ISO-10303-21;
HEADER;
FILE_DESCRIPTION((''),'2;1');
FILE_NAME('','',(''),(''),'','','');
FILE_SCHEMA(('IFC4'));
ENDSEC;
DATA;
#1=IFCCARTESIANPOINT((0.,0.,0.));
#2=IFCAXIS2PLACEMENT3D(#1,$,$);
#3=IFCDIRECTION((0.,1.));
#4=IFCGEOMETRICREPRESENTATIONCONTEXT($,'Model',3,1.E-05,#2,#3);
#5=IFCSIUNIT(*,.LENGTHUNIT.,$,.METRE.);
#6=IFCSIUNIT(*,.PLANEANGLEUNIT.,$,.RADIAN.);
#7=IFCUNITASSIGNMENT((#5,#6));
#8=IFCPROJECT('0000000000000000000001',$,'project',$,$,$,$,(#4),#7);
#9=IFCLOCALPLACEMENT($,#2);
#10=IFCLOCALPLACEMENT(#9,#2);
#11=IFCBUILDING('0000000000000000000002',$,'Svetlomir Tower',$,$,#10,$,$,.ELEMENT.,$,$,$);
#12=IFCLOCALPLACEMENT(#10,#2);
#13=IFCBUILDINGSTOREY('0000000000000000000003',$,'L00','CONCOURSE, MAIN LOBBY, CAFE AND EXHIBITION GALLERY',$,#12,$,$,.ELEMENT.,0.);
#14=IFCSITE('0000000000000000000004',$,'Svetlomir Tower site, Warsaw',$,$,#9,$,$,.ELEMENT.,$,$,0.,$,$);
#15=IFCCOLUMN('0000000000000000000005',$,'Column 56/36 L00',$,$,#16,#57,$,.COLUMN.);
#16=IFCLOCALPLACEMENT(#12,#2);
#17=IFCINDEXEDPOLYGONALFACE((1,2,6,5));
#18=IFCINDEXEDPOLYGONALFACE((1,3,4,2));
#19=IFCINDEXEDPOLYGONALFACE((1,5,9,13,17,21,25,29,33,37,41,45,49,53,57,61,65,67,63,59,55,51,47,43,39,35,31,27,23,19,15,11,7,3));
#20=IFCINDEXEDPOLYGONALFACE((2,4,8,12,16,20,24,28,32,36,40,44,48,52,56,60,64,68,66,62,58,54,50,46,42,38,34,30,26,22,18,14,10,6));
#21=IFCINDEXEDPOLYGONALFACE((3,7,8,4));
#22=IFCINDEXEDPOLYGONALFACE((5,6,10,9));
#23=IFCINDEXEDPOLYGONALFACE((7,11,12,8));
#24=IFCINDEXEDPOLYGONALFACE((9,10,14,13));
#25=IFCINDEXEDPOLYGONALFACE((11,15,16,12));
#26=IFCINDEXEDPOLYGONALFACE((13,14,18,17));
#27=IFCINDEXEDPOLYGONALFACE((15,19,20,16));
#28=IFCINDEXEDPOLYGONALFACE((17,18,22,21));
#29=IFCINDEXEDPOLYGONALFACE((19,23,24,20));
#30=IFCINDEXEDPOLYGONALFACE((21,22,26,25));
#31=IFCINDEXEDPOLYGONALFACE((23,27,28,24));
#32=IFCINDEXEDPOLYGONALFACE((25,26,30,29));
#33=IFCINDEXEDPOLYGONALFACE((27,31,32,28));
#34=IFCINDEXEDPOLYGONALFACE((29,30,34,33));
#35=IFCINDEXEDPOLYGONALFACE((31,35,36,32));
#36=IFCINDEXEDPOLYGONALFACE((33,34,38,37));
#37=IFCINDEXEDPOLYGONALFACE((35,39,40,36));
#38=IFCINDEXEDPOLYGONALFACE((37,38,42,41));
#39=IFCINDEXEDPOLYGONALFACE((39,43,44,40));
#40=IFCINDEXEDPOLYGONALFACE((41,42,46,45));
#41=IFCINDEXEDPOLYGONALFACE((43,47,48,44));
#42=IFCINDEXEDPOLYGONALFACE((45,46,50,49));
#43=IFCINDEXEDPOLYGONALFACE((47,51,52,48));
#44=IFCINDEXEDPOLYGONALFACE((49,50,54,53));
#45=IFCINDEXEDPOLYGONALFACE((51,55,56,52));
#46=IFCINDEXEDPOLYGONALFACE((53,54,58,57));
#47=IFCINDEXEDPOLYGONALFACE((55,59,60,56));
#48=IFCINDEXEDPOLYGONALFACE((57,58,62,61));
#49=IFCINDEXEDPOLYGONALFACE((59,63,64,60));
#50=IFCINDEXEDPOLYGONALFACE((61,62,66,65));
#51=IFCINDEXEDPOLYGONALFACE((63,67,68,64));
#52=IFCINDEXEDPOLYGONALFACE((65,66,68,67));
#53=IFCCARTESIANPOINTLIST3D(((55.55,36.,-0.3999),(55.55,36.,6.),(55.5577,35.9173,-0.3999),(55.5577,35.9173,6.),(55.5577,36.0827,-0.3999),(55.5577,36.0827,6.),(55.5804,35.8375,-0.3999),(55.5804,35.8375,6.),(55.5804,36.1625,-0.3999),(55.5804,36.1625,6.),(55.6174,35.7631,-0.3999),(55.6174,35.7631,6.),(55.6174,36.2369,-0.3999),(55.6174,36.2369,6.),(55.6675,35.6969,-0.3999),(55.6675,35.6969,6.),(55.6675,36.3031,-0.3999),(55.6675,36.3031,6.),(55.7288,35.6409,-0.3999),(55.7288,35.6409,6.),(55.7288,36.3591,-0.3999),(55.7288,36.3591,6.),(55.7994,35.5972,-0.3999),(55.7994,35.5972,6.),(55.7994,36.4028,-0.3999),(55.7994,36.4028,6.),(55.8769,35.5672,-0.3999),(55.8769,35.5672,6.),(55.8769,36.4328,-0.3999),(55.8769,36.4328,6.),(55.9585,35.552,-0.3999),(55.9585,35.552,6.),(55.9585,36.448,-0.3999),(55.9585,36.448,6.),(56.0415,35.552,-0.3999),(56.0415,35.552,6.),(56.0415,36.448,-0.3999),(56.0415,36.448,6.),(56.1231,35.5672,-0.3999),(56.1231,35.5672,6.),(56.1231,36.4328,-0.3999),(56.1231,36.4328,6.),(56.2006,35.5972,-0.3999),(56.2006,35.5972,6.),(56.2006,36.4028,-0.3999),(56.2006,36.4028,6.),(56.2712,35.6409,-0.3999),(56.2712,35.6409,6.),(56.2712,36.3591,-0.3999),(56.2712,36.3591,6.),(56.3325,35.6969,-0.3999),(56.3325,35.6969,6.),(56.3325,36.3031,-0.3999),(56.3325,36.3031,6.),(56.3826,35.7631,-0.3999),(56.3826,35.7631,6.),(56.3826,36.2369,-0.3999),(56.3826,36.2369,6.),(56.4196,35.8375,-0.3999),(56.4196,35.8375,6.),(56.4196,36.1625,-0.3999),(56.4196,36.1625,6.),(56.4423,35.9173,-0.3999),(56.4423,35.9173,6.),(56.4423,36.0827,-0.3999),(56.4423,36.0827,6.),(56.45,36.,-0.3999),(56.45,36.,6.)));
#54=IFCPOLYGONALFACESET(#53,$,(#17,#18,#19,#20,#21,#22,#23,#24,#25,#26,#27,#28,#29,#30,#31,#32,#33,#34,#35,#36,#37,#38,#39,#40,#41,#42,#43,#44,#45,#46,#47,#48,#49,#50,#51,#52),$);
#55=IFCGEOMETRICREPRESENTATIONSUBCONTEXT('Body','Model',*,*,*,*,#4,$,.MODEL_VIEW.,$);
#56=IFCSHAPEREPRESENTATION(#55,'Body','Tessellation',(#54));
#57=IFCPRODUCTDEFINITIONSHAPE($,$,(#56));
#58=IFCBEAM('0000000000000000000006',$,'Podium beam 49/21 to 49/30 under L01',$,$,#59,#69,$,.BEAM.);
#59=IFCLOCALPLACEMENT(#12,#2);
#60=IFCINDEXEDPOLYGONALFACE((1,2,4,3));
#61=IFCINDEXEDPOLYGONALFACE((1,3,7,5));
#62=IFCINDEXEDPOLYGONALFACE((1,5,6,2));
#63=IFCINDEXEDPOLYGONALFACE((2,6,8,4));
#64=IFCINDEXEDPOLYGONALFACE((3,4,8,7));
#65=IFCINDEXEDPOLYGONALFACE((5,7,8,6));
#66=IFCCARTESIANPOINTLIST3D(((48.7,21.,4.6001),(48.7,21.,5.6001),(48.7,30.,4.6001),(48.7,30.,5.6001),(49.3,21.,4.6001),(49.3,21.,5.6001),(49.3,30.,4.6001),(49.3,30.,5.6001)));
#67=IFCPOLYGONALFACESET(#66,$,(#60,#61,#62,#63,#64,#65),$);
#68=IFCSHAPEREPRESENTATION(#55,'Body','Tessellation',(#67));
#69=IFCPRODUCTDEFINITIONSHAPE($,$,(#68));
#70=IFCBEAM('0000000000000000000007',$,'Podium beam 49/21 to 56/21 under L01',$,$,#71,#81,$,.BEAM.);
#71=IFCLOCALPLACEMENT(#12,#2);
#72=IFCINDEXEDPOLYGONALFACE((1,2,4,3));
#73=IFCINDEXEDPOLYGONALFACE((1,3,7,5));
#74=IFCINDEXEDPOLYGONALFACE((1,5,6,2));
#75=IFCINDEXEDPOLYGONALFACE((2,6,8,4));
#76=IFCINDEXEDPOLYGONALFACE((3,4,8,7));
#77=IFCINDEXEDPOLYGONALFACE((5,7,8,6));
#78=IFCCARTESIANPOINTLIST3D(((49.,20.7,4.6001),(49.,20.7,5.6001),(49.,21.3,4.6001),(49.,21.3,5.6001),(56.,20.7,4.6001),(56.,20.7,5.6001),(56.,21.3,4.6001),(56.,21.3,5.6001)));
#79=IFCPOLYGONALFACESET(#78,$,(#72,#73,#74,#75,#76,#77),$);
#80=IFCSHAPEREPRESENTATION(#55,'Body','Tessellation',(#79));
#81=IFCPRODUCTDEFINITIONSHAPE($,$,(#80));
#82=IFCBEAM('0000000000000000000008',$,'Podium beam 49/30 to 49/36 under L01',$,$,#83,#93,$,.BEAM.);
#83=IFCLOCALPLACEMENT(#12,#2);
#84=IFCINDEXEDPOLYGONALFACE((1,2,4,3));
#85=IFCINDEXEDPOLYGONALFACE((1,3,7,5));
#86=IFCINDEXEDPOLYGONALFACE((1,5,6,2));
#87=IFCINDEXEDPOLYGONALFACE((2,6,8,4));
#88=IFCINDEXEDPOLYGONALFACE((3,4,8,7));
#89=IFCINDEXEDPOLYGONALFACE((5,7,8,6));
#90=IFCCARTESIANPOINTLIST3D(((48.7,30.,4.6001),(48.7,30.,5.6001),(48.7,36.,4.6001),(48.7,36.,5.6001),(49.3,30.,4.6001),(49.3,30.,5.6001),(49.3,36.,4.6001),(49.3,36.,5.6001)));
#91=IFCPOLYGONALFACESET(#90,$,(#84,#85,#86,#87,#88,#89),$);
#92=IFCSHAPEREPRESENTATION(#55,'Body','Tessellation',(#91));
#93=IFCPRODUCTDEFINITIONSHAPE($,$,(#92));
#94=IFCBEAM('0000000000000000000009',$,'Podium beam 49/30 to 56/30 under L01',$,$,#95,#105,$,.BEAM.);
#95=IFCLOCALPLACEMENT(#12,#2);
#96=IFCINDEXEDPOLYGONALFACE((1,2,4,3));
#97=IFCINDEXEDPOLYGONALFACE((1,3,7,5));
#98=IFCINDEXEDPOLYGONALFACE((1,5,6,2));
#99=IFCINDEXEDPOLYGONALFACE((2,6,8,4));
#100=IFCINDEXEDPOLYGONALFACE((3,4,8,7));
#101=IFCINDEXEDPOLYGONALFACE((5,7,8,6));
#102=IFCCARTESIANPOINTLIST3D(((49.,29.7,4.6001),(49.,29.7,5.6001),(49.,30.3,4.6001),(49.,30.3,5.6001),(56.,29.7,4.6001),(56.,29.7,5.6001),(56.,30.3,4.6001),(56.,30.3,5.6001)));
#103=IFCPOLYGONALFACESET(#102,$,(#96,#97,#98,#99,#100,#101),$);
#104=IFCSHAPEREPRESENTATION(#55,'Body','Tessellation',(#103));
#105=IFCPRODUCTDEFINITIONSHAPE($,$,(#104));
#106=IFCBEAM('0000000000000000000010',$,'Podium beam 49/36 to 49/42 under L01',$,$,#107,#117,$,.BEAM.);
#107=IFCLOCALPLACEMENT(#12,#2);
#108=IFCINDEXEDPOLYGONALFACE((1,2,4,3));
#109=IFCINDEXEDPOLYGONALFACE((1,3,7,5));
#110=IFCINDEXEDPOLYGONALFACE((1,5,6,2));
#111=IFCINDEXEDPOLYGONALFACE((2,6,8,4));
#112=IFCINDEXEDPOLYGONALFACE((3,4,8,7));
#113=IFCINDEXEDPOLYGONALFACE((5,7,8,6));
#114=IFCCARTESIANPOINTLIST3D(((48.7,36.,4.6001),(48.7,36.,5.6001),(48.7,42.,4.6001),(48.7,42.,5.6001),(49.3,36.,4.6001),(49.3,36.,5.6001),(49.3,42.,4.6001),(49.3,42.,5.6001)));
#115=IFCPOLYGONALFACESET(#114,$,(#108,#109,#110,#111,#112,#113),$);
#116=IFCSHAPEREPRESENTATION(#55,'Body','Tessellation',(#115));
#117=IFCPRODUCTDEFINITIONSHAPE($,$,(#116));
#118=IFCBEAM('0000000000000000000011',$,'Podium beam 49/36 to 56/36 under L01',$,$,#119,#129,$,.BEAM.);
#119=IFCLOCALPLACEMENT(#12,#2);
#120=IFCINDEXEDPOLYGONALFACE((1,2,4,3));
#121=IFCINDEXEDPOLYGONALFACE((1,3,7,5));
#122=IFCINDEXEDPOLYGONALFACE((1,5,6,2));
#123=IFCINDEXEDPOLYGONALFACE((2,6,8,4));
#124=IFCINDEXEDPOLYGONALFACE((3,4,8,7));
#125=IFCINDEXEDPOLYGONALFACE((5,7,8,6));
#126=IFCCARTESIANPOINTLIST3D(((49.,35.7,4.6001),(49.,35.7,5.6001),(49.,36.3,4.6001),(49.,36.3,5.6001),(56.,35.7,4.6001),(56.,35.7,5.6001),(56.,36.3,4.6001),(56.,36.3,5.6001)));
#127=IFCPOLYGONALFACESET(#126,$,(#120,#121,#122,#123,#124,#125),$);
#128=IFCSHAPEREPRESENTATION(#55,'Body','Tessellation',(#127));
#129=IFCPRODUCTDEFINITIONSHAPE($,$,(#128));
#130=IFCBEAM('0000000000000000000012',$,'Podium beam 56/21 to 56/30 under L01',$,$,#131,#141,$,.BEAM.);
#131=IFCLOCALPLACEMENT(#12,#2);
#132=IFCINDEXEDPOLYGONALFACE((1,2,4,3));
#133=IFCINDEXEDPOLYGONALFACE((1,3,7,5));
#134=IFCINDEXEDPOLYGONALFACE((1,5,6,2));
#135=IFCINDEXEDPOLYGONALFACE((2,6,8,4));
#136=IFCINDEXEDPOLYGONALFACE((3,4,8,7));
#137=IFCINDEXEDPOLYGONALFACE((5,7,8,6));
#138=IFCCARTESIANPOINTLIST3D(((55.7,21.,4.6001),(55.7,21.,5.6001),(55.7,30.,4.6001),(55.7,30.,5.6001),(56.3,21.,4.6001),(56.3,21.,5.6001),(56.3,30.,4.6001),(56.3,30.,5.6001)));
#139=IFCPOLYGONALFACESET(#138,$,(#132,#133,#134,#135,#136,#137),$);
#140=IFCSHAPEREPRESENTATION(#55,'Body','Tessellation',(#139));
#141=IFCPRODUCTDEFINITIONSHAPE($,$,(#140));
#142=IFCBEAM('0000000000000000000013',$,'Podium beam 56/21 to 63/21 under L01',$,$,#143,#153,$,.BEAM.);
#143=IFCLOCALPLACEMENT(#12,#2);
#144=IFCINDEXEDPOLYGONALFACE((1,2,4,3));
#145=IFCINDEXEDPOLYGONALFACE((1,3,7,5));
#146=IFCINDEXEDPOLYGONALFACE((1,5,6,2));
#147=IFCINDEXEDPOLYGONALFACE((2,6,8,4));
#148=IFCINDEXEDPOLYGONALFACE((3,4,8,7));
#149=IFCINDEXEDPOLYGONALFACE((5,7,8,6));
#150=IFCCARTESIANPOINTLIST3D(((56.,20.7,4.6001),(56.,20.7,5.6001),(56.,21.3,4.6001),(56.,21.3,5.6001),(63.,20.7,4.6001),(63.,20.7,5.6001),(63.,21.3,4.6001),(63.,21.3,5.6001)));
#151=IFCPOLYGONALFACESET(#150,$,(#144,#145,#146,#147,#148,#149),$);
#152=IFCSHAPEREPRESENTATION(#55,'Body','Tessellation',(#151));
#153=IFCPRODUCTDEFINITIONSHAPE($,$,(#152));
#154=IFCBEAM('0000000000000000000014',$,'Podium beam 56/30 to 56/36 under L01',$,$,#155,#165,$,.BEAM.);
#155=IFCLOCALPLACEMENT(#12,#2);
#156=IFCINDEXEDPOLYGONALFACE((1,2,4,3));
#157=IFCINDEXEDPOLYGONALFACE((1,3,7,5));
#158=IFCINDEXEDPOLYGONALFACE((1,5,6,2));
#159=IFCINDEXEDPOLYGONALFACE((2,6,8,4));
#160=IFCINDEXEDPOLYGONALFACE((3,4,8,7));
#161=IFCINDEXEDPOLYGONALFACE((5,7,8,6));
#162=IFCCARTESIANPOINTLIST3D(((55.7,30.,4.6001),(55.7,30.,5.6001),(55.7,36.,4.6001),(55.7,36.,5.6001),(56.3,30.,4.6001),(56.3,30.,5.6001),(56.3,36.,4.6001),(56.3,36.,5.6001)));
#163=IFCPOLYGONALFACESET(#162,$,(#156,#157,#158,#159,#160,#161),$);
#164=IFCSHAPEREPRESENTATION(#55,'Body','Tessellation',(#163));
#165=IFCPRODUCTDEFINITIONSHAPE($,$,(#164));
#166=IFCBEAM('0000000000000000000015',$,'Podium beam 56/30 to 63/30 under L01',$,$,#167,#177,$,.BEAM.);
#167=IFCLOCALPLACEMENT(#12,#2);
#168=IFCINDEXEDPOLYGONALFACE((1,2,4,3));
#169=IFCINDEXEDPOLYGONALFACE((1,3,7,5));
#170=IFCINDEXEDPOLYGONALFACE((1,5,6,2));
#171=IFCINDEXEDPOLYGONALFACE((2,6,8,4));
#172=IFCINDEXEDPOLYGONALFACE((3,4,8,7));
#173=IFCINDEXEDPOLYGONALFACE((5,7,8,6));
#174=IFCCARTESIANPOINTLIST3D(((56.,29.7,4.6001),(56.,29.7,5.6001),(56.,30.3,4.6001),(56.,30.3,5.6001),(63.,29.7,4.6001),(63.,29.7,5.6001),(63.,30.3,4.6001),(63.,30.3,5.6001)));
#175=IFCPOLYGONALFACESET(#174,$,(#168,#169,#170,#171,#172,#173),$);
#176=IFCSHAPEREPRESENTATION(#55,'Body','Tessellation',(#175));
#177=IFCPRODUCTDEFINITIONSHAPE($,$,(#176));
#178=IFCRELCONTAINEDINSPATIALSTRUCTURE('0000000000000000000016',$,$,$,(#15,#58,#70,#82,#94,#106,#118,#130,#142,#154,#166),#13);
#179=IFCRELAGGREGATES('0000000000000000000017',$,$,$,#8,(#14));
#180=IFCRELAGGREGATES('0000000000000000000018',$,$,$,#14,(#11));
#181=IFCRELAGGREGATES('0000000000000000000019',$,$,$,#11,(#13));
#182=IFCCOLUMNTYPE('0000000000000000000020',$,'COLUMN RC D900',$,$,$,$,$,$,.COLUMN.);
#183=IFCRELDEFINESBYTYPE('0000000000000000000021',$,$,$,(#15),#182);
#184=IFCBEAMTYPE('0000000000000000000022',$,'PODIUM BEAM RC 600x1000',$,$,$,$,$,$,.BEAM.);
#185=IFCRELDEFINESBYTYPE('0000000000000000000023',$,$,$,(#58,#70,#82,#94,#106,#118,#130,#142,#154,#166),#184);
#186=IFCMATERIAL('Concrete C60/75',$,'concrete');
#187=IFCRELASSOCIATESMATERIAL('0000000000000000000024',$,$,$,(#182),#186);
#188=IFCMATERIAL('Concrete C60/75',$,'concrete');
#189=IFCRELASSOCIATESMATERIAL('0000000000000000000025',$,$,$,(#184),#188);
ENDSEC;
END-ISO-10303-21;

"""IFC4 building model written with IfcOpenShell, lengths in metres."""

from ifc_helpers import new_model, si_unit, direction, frame, origin, origin_2d, place, context, subcontext, project, spatial, rectangle, circle, extrude, material, material_profile, profile_set, type_object, element, save


model = new_model("IFC4")

# Units and contexts
model_context = context("Model", 3, precision=1e-05, world=origin(), true_north=direction((0.0, 1.0)))
body_context = subcontext(model_context, "Body", "Model", "MODEL_VIEW")
ifc_project = project(units=[si_unit("LENGTHUNIT", "METRE"), si_unit("PLANEANGLEUNIT", "RADIAN")], contexts=[model_context])

# Site, building, storey
site_placement = place(None, origin())
site = spatial("IfcSite", under=ifc_project, at=site_placement, Name="Svetlomir Tower site, Warsaw", CompositionType="ELEMENT", RefElevation=0.0)
building_placement = place(site_placement, origin())
building = spatial("IfcBuilding", under=site, at=building_placement, Name="Svetlomir Tower", CompositionType="ELEMENT")
storey_placement = place(building_placement, origin())
storey = spatial("IfcBuildingStorey", under=building, at=storey_placement, Name="L00", Description="CONCOURSE, MAIN LOBBY, CAFE AND EXHIBITION GALLERY", CompositionType="ELEMENT", Elevation=0.0)

# Column
ifc_material_1 = material(Name="Concrete C60/75", Category="concrete")
ifc_material_profile_1 = material_profile(ifc_material_1, circle(Radius=0.45, at=origin_2d()), Name="RC D900")
ifc_profile_set_1 = profile_set([ifc_material_profile_1], Name="Concrete C60/75")
column_type = type_object("IfcColumnType", Name="COLUMN RC D900", PredefinedType="COLUMN", material=ifc_profile_set_1)
for number, where, z_axis, x_axis, name in (
    (1, (56.0, 36.0, -0.3999), (0.0, 0.0, 1.0), (1.0, 0.0, 0.0), "Column 56/36 L00"),
):
    element("IfcColumn", number, at=place(storey_placement, frame(where, z_axis=z_axis, x_axis=x_axis)), inside=storey, type_object=column_type, Name=name, PredefinedType="COLUMN", context=body_context, shape_type="SweptSolid", body=[
        extrude(circle(Radius=0.45, at=origin_2d()), origin(), (0.0, 0.0, 1.0), 6.3999),
    ])

# Beams
ifc_material_2 = material(Name="Concrete C60/75", Category="concrete")
ifc_material_profile_2 = material_profile(ifc_material_2, rectangle(XDim=0.6001, YDim=1.0, at=origin_2d()), Name="RC 600x1000")
ifc_profile_set_2 = profile_set([ifc_material_profile_2], Name="Concrete C60/75")
beam_type = type_object("IfcBeamType", Name="PODIUM BEAM RC 600x1000", PredefinedType="BEAM", material=ifc_profile_set_2)
beam_1_placement = place(storey_placement, frame((49.0, 21.0, 5.1001), z_axis=(0.0, 1.0, 0.0), x_axis=(-1.0, 0.0, 0.0)))
element("IfcBeam", 2, at=beam_1_placement, inside=storey, type_object=beam_type, Name="Podium beam 49/21 to 49/30 under L01", PredefinedType="BEAM", context=body_context, shape_type="SweptSolid", body=[
    extrude(rectangle(XDim=0.6001, YDim=1.0, at=origin_2d()), origin(), (0.0, 0.0, 1.0), 9.0),
])
beam_2_placement = place(storey_placement, frame((49.0, 21.0, 5.1001), z_axis=(1.0, 0.0, 0.0), x_axis=(0.0, 1.0, 0.0)))
element("IfcBeam", 3, at=beam_2_placement, inside=storey, type_object=beam_type, Name="Podium beam 49/21 to 56/21 under L01", PredefinedType="BEAM", context=body_context, shape_type="SweptSolid", body=[
    extrude(rectangle(XDim=0.6001, YDim=1.0, at=origin_2d()), origin(), (0.0, 0.0, 1.0), 7.0),
])
beam_3_placement = place(storey_placement, frame((49.0, 30.0, 5.1001), z_axis=(0.0, 1.0, 0.0), x_axis=(-1.0, 0.0, 0.0)))
element("IfcBeam", 4, at=beam_3_placement, inside=storey, type_object=beam_type, Name="Podium beam 49/30 to 49/36 under L01", PredefinedType="BEAM", context=body_context, shape_type="SweptSolid", body=[
    extrude(rectangle(XDim=0.6001, YDim=1.0, at=origin_2d()), origin(), (0.0, 0.0, 1.0), 6.0),
])
beam_4_placement = place(storey_placement, frame((49.0, 30.0, 5.1001), z_axis=(1.0, 0.0, 0.0), x_axis=(0.0, 1.0, 0.0)))
element("IfcBeam", 5, at=beam_4_placement, inside=storey, type_object=beam_type, Name="Podium beam 49/30 to 56/30 under L01", PredefinedType="BEAM", context=body_context, shape_type="SweptSolid", body=[
    extrude(rectangle(XDim=0.6001, YDim=1.0, at=origin_2d()), origin(), (0.0, 0.0, 1.0), 7.0),
])
beam_5_placement = place(storey_placement, frame((49.0, 36.0, 5.1001), z_axis=(0.0, 1.0, 0.0), x_axis=(-1.0, 0.0, 0.0)))
element("IfcBeam", 6, at=beam_5_placement, inside=storey, type_object=beam_type, Name="Podium beam 49/36 to 49/42 under L01", PredefinedType="BEAM", context=body_context, shape_type="SweptSolid", body=[
    extrude(rectangle(XDim=0.6001, YDim=1.0, at=origin_2d()), origin(), (0.0, 0.0, 1.0), 6.0),
])
beam_6_placement = place(storey_placement, frame((49.0, 36.0, 5.1001), z_axis=(1.0, 0.0, 0.0), x_axis=(0.0, 1.0, 0.0)))
element("IfcBeam", 7, at=beam_6_placement, inside=storey, type_object=beam_type, Name="Podium beam 49/36 to 56/36 under L01", PredefinedType="BEAM", context=body_context, shape_type="SweptSolid", body=[
    extrude(rectangle(XDim=0.6001, YDim=1.0, at=origin_2d()), origin(), (0.0, 0.0, 1.0), 7.0),
])
beam_7_placement = place(storey_placement, frame((56.0, 21.0, 5.1001), z_axis=(0.0, 1.0, 0.0), x_axis=(-1.0, 0.0, 0.0)))
element("IfcBeam", 8, at=beam_7_placement, inside=storey, type_object=beam_type, Name="Podium beam 56/21 to 56/30 under L01", PredefinedType="BEAM", context=body_context, shape_type="SweptSolid", body=[
    extrude(rectangle(XDim=0.6001, YDim=1.0, at=origin_2d()), origin(), (0.0, 0.0, 1.0), 9.0),
])
beam_8_placement = place(storey_placement, frame((56.0, 21.0, 5.1001), z_axis=(1.0, 0.0, 0.0), x_axis=(0.0, 1.0, 0.0)))
element("IfcBeam", 9, at=beam_8_placement, inside=storey, type_object=beam_type, Name="Podium beam 56/21 to 63/21 under L01", PredefinedType="BEAM", context=body_context, shape_type="SweptSolid", body=[
    extrude(rectangle(XDim=0.6001, YDim=1.0, at=origin_2d()), origin(), (0.0, 0.0, 1.0), 7.0),
])
beam_9_placement = place(storey_placement, frame((56.0, 30.0, 5.1001), z_axis=(0.0, 1.0, 0.0), x_axis=(-1.0, 0.0, 0.0)))
element("IfcBeam", 10, at=beam_9_placement, inside=storey, type_object=beam_type, Name="Podium beam 56/30 to 56/36 under L01", PredefinedType="BEAM", context=body_context, shape_type="SweptSolid", body=[
    extrude(rectangle(XDim=0.6001, YDim=1.0, at=origin_2d()), origin(), (0.0, 0.0, 1.0), 6.0),
])
beam_10_placement = place(storey_placement, frame((56.0, 30.0, 5.1001), z_axis=(1.0, 0.0, 0.0), x_axis=(0.0, 1.0, 0.0)))
element("IfcBeam", 11, at=beam_10_placement, inside=storey, type_object=beam_type, Name="Podium beam 56/30 to 63/30 under L01", PredefinedType="BEAM", context=body_context, shape_type="SweptSolid", body=[
    extrude(rectangle(XDim=0.6001, YDim=1.0, at=origin_2d()), origin(), (0.0, 0.0, 1.0), 7.0),
])

save(model, "model.ifc")
